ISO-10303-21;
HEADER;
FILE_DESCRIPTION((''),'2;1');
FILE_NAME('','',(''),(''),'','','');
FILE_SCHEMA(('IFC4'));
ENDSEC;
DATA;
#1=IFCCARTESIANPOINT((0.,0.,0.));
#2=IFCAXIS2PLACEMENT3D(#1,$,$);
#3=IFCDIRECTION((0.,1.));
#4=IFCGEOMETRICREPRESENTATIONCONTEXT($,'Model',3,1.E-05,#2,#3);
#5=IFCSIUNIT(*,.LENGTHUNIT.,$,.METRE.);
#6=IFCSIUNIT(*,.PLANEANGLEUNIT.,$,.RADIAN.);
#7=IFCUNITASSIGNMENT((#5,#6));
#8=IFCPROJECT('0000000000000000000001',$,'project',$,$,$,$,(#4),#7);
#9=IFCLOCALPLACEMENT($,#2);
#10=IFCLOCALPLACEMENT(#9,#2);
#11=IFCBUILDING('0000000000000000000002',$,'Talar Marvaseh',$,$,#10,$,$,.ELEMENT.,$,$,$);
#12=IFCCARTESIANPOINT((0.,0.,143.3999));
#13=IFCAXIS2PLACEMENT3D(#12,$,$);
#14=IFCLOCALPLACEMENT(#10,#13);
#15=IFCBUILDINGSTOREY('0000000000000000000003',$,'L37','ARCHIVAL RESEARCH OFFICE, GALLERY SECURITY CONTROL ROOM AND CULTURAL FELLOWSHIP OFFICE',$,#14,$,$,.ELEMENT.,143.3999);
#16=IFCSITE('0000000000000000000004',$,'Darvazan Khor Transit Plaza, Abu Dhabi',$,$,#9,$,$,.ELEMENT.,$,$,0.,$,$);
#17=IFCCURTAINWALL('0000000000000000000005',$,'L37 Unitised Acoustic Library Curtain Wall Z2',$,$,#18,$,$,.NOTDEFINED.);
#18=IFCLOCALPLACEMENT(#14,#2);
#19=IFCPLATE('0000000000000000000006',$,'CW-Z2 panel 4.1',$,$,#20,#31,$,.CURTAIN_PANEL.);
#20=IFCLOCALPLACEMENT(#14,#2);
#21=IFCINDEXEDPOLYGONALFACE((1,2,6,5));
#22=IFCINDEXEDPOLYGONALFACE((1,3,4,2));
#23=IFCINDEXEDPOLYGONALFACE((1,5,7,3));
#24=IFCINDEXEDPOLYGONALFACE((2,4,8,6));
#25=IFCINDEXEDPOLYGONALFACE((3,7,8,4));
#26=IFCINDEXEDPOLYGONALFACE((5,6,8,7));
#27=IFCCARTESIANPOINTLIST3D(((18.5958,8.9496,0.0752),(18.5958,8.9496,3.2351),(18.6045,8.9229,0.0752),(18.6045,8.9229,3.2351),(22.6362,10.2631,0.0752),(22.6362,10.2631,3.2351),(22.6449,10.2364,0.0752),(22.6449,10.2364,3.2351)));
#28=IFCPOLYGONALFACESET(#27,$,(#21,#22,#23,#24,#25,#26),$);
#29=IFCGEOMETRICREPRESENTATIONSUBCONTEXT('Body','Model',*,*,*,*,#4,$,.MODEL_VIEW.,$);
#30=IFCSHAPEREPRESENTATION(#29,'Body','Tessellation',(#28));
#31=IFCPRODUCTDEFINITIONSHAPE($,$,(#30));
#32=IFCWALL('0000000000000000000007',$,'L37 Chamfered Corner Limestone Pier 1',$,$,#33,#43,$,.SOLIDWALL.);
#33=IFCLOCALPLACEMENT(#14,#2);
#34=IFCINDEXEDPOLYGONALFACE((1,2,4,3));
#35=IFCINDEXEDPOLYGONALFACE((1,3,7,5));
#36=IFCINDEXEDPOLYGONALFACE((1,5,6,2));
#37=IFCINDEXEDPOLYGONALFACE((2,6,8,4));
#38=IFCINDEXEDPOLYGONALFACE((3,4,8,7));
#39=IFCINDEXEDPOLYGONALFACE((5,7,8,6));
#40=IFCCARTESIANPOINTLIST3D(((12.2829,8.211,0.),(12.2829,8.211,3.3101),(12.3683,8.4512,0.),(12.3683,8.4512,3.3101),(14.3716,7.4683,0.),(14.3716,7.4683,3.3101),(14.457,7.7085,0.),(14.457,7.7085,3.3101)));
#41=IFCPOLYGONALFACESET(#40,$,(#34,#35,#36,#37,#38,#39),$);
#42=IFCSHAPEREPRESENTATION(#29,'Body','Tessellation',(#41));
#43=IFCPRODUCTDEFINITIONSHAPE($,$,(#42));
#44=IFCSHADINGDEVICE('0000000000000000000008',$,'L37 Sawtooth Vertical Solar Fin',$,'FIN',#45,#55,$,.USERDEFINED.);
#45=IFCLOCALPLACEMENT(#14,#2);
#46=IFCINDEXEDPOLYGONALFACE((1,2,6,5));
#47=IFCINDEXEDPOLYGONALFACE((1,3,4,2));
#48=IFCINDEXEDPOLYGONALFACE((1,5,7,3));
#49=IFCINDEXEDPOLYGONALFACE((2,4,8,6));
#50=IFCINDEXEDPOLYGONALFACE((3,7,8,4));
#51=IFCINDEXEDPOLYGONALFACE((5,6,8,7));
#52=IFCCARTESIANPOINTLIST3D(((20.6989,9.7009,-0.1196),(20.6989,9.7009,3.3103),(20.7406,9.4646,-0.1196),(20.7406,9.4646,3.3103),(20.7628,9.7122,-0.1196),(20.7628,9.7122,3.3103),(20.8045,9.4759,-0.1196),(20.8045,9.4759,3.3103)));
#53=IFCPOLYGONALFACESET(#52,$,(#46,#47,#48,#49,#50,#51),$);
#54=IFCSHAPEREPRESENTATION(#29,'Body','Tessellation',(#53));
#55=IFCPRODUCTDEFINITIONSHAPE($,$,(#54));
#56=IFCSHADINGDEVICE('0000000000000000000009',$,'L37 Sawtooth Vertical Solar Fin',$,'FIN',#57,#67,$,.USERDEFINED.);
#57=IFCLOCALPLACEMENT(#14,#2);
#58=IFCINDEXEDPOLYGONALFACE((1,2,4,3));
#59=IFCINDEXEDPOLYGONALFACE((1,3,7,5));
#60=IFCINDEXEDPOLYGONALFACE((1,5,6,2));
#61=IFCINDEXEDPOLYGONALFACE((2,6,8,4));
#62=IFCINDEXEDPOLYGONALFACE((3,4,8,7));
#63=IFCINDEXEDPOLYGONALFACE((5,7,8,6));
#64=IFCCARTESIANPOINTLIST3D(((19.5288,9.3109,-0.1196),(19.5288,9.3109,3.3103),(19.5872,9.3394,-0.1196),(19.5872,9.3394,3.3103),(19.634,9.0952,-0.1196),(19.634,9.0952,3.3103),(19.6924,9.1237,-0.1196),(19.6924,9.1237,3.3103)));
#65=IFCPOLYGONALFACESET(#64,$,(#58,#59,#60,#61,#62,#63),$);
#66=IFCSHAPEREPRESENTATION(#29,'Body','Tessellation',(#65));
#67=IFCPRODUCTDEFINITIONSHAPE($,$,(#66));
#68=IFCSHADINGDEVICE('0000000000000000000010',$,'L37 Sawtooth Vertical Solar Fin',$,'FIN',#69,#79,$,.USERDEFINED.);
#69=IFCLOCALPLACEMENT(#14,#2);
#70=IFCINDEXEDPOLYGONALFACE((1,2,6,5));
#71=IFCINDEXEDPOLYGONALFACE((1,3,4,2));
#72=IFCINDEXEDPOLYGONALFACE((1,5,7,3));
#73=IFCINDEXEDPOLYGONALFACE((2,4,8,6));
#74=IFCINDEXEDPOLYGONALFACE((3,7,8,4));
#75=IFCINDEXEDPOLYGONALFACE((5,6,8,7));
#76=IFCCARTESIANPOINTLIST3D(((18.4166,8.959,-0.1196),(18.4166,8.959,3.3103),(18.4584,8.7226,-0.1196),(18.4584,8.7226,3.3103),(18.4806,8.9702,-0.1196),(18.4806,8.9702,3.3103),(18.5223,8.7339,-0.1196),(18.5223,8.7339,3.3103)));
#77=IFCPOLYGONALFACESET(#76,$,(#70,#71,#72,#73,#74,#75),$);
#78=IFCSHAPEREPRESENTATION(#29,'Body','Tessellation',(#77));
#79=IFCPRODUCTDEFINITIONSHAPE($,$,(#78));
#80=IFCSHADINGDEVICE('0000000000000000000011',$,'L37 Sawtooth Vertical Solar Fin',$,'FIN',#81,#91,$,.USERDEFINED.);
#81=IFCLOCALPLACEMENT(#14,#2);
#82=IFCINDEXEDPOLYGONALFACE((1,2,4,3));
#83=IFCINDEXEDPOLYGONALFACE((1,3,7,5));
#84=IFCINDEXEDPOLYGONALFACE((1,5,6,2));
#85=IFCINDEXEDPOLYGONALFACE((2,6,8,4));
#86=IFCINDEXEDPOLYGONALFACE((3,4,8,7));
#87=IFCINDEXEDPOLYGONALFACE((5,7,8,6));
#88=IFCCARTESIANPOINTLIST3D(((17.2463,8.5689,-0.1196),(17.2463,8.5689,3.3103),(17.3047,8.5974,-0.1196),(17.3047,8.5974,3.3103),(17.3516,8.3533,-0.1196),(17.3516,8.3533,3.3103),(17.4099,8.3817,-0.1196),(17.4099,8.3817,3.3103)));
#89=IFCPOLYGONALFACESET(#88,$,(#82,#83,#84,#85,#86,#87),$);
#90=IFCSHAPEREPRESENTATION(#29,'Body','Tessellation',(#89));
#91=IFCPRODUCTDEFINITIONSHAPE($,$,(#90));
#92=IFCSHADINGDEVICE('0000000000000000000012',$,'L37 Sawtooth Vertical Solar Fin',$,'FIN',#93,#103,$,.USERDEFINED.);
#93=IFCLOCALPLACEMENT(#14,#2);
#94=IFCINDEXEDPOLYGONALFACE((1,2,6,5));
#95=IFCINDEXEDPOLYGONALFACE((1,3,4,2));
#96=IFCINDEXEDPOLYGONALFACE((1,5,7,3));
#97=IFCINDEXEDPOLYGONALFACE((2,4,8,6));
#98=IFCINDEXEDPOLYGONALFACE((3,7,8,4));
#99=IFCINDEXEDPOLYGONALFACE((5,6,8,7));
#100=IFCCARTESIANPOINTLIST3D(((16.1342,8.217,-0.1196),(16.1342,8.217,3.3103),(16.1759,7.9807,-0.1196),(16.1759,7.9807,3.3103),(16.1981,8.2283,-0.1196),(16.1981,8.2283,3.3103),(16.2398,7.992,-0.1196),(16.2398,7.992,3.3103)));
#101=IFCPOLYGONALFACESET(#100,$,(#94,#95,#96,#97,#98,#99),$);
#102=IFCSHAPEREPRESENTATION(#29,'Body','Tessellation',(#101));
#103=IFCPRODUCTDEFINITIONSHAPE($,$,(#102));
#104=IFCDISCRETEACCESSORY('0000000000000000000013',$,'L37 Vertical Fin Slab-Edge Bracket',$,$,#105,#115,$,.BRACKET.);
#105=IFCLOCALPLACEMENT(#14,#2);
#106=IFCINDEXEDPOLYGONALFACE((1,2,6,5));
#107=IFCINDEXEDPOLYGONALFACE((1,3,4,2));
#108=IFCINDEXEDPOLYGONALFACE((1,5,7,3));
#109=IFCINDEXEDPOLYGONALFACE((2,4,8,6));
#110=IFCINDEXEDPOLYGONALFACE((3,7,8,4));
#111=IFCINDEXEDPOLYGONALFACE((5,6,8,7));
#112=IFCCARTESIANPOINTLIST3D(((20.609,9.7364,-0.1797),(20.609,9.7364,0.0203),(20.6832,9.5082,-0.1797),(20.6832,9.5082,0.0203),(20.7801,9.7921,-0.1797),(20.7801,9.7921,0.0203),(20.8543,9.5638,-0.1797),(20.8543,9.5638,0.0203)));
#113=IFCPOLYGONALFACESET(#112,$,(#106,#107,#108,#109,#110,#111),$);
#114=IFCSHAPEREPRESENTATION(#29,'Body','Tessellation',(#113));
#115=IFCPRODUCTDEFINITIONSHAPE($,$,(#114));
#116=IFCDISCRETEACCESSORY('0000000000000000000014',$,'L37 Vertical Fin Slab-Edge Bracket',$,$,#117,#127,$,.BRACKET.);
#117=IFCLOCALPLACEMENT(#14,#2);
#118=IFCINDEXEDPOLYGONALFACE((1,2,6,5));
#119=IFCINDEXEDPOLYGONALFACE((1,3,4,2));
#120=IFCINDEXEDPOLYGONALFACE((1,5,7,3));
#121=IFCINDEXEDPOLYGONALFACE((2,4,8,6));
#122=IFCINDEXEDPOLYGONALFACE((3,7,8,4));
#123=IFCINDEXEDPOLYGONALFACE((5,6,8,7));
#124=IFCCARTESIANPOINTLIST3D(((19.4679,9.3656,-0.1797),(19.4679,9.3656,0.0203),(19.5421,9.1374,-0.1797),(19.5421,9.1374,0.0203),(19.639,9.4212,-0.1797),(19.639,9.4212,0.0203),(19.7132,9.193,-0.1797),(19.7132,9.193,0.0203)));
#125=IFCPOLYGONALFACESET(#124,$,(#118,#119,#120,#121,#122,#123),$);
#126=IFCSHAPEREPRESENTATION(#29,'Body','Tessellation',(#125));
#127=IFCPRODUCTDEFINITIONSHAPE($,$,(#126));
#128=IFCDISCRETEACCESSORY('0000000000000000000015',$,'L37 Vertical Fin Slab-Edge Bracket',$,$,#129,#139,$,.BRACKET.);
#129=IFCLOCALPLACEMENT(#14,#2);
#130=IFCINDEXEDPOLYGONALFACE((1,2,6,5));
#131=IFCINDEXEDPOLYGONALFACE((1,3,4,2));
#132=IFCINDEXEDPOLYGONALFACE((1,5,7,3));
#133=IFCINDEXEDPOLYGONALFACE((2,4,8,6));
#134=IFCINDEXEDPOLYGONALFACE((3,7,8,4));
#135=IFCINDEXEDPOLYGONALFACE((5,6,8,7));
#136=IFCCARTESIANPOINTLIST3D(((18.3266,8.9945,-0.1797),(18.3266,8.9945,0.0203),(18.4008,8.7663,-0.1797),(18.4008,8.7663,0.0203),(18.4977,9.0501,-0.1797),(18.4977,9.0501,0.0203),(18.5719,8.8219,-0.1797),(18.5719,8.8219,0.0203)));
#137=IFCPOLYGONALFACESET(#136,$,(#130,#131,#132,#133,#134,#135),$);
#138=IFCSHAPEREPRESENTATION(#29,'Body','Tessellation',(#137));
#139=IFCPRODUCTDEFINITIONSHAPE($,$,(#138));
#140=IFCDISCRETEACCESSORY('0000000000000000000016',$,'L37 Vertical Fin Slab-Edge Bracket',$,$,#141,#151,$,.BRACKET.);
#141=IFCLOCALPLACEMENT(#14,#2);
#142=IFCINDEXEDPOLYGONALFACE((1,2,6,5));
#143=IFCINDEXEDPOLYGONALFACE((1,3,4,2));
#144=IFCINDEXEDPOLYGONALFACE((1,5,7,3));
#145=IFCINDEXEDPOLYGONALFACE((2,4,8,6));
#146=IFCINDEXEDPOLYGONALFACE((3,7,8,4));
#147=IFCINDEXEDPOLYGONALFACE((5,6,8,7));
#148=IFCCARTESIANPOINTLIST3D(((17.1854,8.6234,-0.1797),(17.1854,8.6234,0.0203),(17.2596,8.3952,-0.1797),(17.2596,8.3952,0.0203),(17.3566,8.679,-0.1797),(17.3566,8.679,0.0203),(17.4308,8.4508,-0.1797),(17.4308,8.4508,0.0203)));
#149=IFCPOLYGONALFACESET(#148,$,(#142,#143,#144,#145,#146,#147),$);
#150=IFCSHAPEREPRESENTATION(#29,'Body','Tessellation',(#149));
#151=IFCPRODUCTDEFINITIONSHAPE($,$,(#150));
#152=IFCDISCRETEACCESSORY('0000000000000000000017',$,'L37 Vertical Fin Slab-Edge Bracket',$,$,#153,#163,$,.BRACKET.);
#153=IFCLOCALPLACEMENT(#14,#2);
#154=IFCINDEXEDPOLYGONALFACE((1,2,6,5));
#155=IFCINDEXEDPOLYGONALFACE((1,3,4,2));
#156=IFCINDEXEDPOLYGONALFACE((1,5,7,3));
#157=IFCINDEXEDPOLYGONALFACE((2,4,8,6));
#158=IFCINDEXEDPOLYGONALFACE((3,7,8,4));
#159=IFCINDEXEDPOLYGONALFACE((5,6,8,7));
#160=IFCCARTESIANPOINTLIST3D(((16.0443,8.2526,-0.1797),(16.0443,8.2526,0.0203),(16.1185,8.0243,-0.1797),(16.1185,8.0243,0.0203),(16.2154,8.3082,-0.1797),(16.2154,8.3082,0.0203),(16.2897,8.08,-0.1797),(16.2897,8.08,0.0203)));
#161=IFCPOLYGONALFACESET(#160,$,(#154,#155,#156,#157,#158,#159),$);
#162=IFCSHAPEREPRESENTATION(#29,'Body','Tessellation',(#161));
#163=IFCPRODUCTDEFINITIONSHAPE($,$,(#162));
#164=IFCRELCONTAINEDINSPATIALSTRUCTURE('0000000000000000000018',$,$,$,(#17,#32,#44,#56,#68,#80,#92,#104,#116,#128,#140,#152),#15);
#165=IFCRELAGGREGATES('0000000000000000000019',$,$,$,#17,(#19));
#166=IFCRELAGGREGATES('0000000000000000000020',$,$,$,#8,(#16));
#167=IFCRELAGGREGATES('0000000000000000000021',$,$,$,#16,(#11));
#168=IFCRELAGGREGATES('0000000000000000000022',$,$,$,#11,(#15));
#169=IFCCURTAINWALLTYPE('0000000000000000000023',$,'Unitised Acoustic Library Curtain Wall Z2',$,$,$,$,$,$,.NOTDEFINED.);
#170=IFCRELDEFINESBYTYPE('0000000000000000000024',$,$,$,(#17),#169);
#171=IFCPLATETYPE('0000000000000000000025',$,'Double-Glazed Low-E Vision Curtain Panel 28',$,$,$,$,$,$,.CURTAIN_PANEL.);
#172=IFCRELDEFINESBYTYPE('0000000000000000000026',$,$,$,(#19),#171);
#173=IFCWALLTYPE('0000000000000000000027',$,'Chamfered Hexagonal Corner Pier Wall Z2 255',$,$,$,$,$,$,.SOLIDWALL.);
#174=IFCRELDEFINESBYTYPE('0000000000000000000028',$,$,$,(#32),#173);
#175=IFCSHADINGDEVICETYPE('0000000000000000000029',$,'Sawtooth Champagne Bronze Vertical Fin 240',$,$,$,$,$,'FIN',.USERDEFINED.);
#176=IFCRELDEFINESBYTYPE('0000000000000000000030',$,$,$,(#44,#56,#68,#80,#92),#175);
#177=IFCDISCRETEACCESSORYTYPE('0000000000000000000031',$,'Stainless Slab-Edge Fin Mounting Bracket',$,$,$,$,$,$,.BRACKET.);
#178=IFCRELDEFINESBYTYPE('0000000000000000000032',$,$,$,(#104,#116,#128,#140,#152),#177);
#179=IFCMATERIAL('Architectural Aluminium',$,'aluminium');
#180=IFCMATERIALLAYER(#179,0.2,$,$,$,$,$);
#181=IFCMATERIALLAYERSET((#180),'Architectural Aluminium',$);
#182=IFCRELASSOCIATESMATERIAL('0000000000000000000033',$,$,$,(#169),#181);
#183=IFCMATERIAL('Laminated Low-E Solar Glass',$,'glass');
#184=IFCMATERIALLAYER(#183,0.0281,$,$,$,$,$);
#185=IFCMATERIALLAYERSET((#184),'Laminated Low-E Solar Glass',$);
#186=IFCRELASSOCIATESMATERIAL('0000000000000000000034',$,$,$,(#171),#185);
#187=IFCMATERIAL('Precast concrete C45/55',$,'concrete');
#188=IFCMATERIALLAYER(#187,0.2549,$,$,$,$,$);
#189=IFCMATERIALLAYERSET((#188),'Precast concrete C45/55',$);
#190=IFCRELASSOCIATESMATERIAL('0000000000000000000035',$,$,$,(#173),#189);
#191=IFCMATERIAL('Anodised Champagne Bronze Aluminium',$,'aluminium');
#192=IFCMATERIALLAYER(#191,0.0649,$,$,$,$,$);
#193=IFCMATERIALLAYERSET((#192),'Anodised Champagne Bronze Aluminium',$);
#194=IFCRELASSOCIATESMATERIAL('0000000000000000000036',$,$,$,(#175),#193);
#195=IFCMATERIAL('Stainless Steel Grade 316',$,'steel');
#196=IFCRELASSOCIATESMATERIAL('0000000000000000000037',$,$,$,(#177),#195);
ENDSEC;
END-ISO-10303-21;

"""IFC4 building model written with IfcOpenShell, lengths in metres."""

from ifc_helpers import new_model, si_unit, direction, frame, frame_2d, origin, origin_2d, place, context, subcontext, project, spatial, rectangle, extrude, source, transform, mapped, material, layer, layer_set, type_object, type_shapes, element, aggregate, save


model = new_model("IFC4")

# Units and contexts
model_context = context("Model", 3, precision=1e-05, world=origin(), true_north=direction((0.0, 1.0)))
body_context = subcontext(model_context, "Body", "Model", "MODEL_VIEW")
ifc_project = project(units=[si_unit("LENGTHUNIT", "METRE"), si_unit("PLANEANGLEUNIT", "RADIAN")], contexts=[model_context])

# Site, building, storey
site_placement = place(None, origin())
site = spatial("IfcSite", under=ifc_project, at=site_placement, Name="Darvazan Khor Transit Plaza, Abu Dhabi", CompositionType="ELEMENT", RefElevation=0.0)
building_placement = place(site_placement, origin())
building = spatial("IfcBuilding", under=site, at=building_placement, Name="Talar Marvaseh", CompositionType="ELEMENT")
storey_placement = place(building_placement, frame((0.0, 0.0, 143.3999)))
storey = spatial("IfcBuildingStorey", under=building, at=storey_placement, Name="L37", Description="ARCHIVAL RESEARCH OFFICE, GALLERY SECURITY CONTROL ROOM AND CULTURAL FELLOWSHIP OFFICE", CompositionType="ELEMENT", Elevation=143.3999)

# Shared definitions
ifc_material_1 = material(Name="Architectural Aluminium", Category="aluminium")
ifc_layer_1 = layer(ifc_material_1, 0.2)
ifc_layer_set_1 = layer_set([ifc_layer_1], Name="Architectural Aluminium")
curtain_wall_type = type_object("IfcCurtainWallType", Name="Unitised Acoustic Library Curtain Wall Z2", PredefinedType="NOTDEFINED", material=ifc_layer_set_1)

# Curtain wall
curtain_wall_1_placement = place(storey_placement, origin())
curtain_wall_1 = element("IfcCurtainWall", 1, at=curtain_wall_1_placement, inside=storey, type_object=curtain_wall_type, Name="L37 Unitised Acoustic Library Curtain Wall Z2", PredefinedType="NOTDEFINED")

# Plate
ifc_material_2 = material(Name="Laminated Low-E Solar Glass", Category="glass")
ifc_layer_2 = layer(ifc_material_2, 0.0281)
ifc_layer_set_2 = layer_set([ifc_layer_2], Name="Laminated Low-E Solar Glass")
plate_type = type_object("IfcPlateType", Name="Double-Glazed Low-E Vision Curtain Panel 28", PredefinedType="CURTAIN_PANEL", material=ifc_layer_set_2)
shared_shape_1 = source(origin(), body_context, "Body", "SweptSolid", [
    extrude(rectangle(XDim=4.2485, YDim=0.0281, at=origin_2d()), origin(), (0.0, 0.0, 1.0), 3.1599),
])
plate_1_placement = place(storey_placement, frame((20.6204, 9.593, 0.0752), z_axis=(0.0, 0.0, 1.0), x_axis=(-0.951009, -0.309164, 0.0)))
plate_1 = element("IfcPlate", 2, at=plate_1_placement, type_object=plate_type, Name="CW-Z2 panel 4.1", PredefinedType="CURTAIN_PANEL", context=body_context, shape_type="MappedRepresentation", body=[
    mapped(shared_shape_1, transform((0.0, 0.0, 0.0), x_axis=(1.0, 0.0, 0.0), y_axis=(0.0, 1.0, 0.0), z_axis=(0.0, 0.0, 1.0), scale=1.0)),
])
aggregate(curtain_wall_1, [plate_1])

# Wall
ifc_material_3 = material(Name="Precast concrete C45/55", Category="concrete")
ifc_layer_3 = layer(ifc_material_3, 0.2549)
ifc_layer_set_3 = layer_set([ifc_layer_3], Name="Precast concrete C45/55")
wall_type = type_object("IfcWallType", Name="Chamfered Hexagonal Corner Pier Wall Z2 255", PredefinedType="SOLIDWALL", material=ifc_layer_set_3)
wall_placement = place(storey_placement, frame((14.4143, 7.5884, 0.0), z_axis=(0.0, 0.0, 1.0), x_axis=(-0.942207, 0.335031, 0.0)))
element("IfcWall", 3, at=wall_placement, inside=storey, type_object=wall_type, Name="L37 Chamfered Corner Limestone Pier 1", PredefinedType="SOLIDWALL", context=body_context, shape_type="SweptSolid", body=[
    extrude(rectangle(XDim=2.2168, YDim=0.2549, at=frame_2d((1.1084, 0.0))), origin(), (0.0, 0.0, 1.0), 3.3101),
])

# Shading devices
ifc_material_4 = material(Name="Anodised Champagne Bronze Aluminium", Category="aluminium")
ifc_layer_4 = layer(ifc_material_4, 0.0649)
ifc_layer_set_4 = layer_set([ifc_layer_4], Name="Anodised Champagne Bronze Aluminium")
shading_device_type = type_object("IfcShadingDeviceType", Name="Sawtooth Champagne Bronze Vertical Fin 240", ElementType="FIN", PredefinedType="USERDEFINED", material=ifc_layer_set_4)
shared_shape_2 = source(origin(), body_context, "Body", "SweptSolid", [
    extrude(rectangle(XDim=0.24, YDim=0.0649, at=origin_2d()), origin(), (0.0, 0.0, 1.0), 3.4299),
])
type_shapes(shading_device_type, [shared_shape_2])
for number, where, z_axis, x_axis, name in (
    (4, (20.7517, 9.5884, -0.1196), (0.0, 0.0, 1.0), (0.17382, -0.984777, 0.0), "L37 Sawtooth Vertical Solar Fin"),
    (5, (19.6106, 9.2173, -0.1196), (0.0, 0.0, 1.0), (0.438528, -0.898718, 0.0), "L37 Sawtooth Vertical Solar Fin"),
    (6, (18.4695, 8.8464, -0.1196), (0.0, 0.0, 1.0), (0.17382, -0.984777, 0.0), "L37 Sawtooth Vertical Solar Fin"),
    (7, (17.3281, 8.4753, -0.1196), (0.0, 0.0, 1.0), (0.438528, -0.898718, 0.0), "L37 Sawtooth Vertical Solar Fin"),
    (8, (16.187, 8.1045, -0.1196), (0.0, 0.0, 1.0), (0.17382, -0.984777, 0.0), "L37 Sawtooth Vertical Solar Fin"),
):
    element("IfcShadingDevice", number, at=place(storey_placement, frame(where, z_axis=z_axis, x_axis=x_axis)), inside=storey, type_object=shading_device_type, Name=name, ObjectType="FIN", PredefinedType="USERDEFINED", context=body_context, shape_type="MappedRepresentation", body=[
        mapped(shared_shape_2, transform((0.0, 0.0, 0.0), x_axis=(1.0, 0.0, 0.0), y_axis=(0.0, 1.0, 0.0), z_axis=(0.0, 0.0, 1.0), scale=1.0)),
    ])

# Discrete accessories
ifc_material_5 = material(Name="Stainless Steel Grade 316", Category="steel")
discrete_accessory_type = type_object("IfcDiscreteAccessoryType", Name="Stainless Slab-Edge Fin Mounting Bracket", PredefinedType="BRACKET", material=ifc_material_5)
shared_shape_3 = source(origin(), body_context, "Body", "SweptSolid", [
    extrude(rectangle(XDim=0.24, YDim=0.1799, at=origin_2d()), origin(), (0.0, 0.0, 1.0), 0.2),
])
type_shapes(discrete_accessory_type, [shared_shape_3])
for number, where, z_axis, x_axis, name in (
    (9, (20.7317, 9.6501, -0.1797), (0.0, 0.0, 1.0), (0.309183, -0.951003, 0.0), "L37 Vertical Fin Slab-Edge Bracket"),
    (10, (19.5906, 9.2793, -0.1797), (0.0, 0.0, 1.0), (0.309183, -0.951003, 0.0), "L37 Vertical Fin Slab-Edge Bracket"),
    (11, (18.4492, 8.9082, -0.1797), (0.0, 0.0, 1.0), (0.309183, -0.951003, 0.0), "L37 Vertical Fin Slab-Edge Bracket"),
    (12, (17.3081, 8.5371, -0.1797), (0.0, 0.0, 1.0), (0.309183, -0.951003, 0.0), "L37 Vertical Fin Slab-Edge Bracket"),
    (13, (16.167, 8.1663, -0.1797), (0.0, 0.0, 1.0), (0.309183, -0.951003, 0.0), "L37 Vertical Fin Slab-Edge Bracket"),
):
    element("IfcDiscreteAccessory", number, at=place(storey_placement, frame(where, z_axis=z_axis, x_axis=x_axis)), inside=storey, type_object=discrete_accessory_type, Name=name, PredefinedType="BRACKET", context=body_context, shape_type="MappedRepresentation", body=[
        mapped(shared_shape_3, transform((0.0, 0.0, 0.0), x_axis=(1.0, 0.0, 0.0), y_axis=(0.0, 1.0, 0.0), z_axis=(0.0, 0.0, 1.0), scale=1.0)),
    ])

save(model, "model.ifc")
